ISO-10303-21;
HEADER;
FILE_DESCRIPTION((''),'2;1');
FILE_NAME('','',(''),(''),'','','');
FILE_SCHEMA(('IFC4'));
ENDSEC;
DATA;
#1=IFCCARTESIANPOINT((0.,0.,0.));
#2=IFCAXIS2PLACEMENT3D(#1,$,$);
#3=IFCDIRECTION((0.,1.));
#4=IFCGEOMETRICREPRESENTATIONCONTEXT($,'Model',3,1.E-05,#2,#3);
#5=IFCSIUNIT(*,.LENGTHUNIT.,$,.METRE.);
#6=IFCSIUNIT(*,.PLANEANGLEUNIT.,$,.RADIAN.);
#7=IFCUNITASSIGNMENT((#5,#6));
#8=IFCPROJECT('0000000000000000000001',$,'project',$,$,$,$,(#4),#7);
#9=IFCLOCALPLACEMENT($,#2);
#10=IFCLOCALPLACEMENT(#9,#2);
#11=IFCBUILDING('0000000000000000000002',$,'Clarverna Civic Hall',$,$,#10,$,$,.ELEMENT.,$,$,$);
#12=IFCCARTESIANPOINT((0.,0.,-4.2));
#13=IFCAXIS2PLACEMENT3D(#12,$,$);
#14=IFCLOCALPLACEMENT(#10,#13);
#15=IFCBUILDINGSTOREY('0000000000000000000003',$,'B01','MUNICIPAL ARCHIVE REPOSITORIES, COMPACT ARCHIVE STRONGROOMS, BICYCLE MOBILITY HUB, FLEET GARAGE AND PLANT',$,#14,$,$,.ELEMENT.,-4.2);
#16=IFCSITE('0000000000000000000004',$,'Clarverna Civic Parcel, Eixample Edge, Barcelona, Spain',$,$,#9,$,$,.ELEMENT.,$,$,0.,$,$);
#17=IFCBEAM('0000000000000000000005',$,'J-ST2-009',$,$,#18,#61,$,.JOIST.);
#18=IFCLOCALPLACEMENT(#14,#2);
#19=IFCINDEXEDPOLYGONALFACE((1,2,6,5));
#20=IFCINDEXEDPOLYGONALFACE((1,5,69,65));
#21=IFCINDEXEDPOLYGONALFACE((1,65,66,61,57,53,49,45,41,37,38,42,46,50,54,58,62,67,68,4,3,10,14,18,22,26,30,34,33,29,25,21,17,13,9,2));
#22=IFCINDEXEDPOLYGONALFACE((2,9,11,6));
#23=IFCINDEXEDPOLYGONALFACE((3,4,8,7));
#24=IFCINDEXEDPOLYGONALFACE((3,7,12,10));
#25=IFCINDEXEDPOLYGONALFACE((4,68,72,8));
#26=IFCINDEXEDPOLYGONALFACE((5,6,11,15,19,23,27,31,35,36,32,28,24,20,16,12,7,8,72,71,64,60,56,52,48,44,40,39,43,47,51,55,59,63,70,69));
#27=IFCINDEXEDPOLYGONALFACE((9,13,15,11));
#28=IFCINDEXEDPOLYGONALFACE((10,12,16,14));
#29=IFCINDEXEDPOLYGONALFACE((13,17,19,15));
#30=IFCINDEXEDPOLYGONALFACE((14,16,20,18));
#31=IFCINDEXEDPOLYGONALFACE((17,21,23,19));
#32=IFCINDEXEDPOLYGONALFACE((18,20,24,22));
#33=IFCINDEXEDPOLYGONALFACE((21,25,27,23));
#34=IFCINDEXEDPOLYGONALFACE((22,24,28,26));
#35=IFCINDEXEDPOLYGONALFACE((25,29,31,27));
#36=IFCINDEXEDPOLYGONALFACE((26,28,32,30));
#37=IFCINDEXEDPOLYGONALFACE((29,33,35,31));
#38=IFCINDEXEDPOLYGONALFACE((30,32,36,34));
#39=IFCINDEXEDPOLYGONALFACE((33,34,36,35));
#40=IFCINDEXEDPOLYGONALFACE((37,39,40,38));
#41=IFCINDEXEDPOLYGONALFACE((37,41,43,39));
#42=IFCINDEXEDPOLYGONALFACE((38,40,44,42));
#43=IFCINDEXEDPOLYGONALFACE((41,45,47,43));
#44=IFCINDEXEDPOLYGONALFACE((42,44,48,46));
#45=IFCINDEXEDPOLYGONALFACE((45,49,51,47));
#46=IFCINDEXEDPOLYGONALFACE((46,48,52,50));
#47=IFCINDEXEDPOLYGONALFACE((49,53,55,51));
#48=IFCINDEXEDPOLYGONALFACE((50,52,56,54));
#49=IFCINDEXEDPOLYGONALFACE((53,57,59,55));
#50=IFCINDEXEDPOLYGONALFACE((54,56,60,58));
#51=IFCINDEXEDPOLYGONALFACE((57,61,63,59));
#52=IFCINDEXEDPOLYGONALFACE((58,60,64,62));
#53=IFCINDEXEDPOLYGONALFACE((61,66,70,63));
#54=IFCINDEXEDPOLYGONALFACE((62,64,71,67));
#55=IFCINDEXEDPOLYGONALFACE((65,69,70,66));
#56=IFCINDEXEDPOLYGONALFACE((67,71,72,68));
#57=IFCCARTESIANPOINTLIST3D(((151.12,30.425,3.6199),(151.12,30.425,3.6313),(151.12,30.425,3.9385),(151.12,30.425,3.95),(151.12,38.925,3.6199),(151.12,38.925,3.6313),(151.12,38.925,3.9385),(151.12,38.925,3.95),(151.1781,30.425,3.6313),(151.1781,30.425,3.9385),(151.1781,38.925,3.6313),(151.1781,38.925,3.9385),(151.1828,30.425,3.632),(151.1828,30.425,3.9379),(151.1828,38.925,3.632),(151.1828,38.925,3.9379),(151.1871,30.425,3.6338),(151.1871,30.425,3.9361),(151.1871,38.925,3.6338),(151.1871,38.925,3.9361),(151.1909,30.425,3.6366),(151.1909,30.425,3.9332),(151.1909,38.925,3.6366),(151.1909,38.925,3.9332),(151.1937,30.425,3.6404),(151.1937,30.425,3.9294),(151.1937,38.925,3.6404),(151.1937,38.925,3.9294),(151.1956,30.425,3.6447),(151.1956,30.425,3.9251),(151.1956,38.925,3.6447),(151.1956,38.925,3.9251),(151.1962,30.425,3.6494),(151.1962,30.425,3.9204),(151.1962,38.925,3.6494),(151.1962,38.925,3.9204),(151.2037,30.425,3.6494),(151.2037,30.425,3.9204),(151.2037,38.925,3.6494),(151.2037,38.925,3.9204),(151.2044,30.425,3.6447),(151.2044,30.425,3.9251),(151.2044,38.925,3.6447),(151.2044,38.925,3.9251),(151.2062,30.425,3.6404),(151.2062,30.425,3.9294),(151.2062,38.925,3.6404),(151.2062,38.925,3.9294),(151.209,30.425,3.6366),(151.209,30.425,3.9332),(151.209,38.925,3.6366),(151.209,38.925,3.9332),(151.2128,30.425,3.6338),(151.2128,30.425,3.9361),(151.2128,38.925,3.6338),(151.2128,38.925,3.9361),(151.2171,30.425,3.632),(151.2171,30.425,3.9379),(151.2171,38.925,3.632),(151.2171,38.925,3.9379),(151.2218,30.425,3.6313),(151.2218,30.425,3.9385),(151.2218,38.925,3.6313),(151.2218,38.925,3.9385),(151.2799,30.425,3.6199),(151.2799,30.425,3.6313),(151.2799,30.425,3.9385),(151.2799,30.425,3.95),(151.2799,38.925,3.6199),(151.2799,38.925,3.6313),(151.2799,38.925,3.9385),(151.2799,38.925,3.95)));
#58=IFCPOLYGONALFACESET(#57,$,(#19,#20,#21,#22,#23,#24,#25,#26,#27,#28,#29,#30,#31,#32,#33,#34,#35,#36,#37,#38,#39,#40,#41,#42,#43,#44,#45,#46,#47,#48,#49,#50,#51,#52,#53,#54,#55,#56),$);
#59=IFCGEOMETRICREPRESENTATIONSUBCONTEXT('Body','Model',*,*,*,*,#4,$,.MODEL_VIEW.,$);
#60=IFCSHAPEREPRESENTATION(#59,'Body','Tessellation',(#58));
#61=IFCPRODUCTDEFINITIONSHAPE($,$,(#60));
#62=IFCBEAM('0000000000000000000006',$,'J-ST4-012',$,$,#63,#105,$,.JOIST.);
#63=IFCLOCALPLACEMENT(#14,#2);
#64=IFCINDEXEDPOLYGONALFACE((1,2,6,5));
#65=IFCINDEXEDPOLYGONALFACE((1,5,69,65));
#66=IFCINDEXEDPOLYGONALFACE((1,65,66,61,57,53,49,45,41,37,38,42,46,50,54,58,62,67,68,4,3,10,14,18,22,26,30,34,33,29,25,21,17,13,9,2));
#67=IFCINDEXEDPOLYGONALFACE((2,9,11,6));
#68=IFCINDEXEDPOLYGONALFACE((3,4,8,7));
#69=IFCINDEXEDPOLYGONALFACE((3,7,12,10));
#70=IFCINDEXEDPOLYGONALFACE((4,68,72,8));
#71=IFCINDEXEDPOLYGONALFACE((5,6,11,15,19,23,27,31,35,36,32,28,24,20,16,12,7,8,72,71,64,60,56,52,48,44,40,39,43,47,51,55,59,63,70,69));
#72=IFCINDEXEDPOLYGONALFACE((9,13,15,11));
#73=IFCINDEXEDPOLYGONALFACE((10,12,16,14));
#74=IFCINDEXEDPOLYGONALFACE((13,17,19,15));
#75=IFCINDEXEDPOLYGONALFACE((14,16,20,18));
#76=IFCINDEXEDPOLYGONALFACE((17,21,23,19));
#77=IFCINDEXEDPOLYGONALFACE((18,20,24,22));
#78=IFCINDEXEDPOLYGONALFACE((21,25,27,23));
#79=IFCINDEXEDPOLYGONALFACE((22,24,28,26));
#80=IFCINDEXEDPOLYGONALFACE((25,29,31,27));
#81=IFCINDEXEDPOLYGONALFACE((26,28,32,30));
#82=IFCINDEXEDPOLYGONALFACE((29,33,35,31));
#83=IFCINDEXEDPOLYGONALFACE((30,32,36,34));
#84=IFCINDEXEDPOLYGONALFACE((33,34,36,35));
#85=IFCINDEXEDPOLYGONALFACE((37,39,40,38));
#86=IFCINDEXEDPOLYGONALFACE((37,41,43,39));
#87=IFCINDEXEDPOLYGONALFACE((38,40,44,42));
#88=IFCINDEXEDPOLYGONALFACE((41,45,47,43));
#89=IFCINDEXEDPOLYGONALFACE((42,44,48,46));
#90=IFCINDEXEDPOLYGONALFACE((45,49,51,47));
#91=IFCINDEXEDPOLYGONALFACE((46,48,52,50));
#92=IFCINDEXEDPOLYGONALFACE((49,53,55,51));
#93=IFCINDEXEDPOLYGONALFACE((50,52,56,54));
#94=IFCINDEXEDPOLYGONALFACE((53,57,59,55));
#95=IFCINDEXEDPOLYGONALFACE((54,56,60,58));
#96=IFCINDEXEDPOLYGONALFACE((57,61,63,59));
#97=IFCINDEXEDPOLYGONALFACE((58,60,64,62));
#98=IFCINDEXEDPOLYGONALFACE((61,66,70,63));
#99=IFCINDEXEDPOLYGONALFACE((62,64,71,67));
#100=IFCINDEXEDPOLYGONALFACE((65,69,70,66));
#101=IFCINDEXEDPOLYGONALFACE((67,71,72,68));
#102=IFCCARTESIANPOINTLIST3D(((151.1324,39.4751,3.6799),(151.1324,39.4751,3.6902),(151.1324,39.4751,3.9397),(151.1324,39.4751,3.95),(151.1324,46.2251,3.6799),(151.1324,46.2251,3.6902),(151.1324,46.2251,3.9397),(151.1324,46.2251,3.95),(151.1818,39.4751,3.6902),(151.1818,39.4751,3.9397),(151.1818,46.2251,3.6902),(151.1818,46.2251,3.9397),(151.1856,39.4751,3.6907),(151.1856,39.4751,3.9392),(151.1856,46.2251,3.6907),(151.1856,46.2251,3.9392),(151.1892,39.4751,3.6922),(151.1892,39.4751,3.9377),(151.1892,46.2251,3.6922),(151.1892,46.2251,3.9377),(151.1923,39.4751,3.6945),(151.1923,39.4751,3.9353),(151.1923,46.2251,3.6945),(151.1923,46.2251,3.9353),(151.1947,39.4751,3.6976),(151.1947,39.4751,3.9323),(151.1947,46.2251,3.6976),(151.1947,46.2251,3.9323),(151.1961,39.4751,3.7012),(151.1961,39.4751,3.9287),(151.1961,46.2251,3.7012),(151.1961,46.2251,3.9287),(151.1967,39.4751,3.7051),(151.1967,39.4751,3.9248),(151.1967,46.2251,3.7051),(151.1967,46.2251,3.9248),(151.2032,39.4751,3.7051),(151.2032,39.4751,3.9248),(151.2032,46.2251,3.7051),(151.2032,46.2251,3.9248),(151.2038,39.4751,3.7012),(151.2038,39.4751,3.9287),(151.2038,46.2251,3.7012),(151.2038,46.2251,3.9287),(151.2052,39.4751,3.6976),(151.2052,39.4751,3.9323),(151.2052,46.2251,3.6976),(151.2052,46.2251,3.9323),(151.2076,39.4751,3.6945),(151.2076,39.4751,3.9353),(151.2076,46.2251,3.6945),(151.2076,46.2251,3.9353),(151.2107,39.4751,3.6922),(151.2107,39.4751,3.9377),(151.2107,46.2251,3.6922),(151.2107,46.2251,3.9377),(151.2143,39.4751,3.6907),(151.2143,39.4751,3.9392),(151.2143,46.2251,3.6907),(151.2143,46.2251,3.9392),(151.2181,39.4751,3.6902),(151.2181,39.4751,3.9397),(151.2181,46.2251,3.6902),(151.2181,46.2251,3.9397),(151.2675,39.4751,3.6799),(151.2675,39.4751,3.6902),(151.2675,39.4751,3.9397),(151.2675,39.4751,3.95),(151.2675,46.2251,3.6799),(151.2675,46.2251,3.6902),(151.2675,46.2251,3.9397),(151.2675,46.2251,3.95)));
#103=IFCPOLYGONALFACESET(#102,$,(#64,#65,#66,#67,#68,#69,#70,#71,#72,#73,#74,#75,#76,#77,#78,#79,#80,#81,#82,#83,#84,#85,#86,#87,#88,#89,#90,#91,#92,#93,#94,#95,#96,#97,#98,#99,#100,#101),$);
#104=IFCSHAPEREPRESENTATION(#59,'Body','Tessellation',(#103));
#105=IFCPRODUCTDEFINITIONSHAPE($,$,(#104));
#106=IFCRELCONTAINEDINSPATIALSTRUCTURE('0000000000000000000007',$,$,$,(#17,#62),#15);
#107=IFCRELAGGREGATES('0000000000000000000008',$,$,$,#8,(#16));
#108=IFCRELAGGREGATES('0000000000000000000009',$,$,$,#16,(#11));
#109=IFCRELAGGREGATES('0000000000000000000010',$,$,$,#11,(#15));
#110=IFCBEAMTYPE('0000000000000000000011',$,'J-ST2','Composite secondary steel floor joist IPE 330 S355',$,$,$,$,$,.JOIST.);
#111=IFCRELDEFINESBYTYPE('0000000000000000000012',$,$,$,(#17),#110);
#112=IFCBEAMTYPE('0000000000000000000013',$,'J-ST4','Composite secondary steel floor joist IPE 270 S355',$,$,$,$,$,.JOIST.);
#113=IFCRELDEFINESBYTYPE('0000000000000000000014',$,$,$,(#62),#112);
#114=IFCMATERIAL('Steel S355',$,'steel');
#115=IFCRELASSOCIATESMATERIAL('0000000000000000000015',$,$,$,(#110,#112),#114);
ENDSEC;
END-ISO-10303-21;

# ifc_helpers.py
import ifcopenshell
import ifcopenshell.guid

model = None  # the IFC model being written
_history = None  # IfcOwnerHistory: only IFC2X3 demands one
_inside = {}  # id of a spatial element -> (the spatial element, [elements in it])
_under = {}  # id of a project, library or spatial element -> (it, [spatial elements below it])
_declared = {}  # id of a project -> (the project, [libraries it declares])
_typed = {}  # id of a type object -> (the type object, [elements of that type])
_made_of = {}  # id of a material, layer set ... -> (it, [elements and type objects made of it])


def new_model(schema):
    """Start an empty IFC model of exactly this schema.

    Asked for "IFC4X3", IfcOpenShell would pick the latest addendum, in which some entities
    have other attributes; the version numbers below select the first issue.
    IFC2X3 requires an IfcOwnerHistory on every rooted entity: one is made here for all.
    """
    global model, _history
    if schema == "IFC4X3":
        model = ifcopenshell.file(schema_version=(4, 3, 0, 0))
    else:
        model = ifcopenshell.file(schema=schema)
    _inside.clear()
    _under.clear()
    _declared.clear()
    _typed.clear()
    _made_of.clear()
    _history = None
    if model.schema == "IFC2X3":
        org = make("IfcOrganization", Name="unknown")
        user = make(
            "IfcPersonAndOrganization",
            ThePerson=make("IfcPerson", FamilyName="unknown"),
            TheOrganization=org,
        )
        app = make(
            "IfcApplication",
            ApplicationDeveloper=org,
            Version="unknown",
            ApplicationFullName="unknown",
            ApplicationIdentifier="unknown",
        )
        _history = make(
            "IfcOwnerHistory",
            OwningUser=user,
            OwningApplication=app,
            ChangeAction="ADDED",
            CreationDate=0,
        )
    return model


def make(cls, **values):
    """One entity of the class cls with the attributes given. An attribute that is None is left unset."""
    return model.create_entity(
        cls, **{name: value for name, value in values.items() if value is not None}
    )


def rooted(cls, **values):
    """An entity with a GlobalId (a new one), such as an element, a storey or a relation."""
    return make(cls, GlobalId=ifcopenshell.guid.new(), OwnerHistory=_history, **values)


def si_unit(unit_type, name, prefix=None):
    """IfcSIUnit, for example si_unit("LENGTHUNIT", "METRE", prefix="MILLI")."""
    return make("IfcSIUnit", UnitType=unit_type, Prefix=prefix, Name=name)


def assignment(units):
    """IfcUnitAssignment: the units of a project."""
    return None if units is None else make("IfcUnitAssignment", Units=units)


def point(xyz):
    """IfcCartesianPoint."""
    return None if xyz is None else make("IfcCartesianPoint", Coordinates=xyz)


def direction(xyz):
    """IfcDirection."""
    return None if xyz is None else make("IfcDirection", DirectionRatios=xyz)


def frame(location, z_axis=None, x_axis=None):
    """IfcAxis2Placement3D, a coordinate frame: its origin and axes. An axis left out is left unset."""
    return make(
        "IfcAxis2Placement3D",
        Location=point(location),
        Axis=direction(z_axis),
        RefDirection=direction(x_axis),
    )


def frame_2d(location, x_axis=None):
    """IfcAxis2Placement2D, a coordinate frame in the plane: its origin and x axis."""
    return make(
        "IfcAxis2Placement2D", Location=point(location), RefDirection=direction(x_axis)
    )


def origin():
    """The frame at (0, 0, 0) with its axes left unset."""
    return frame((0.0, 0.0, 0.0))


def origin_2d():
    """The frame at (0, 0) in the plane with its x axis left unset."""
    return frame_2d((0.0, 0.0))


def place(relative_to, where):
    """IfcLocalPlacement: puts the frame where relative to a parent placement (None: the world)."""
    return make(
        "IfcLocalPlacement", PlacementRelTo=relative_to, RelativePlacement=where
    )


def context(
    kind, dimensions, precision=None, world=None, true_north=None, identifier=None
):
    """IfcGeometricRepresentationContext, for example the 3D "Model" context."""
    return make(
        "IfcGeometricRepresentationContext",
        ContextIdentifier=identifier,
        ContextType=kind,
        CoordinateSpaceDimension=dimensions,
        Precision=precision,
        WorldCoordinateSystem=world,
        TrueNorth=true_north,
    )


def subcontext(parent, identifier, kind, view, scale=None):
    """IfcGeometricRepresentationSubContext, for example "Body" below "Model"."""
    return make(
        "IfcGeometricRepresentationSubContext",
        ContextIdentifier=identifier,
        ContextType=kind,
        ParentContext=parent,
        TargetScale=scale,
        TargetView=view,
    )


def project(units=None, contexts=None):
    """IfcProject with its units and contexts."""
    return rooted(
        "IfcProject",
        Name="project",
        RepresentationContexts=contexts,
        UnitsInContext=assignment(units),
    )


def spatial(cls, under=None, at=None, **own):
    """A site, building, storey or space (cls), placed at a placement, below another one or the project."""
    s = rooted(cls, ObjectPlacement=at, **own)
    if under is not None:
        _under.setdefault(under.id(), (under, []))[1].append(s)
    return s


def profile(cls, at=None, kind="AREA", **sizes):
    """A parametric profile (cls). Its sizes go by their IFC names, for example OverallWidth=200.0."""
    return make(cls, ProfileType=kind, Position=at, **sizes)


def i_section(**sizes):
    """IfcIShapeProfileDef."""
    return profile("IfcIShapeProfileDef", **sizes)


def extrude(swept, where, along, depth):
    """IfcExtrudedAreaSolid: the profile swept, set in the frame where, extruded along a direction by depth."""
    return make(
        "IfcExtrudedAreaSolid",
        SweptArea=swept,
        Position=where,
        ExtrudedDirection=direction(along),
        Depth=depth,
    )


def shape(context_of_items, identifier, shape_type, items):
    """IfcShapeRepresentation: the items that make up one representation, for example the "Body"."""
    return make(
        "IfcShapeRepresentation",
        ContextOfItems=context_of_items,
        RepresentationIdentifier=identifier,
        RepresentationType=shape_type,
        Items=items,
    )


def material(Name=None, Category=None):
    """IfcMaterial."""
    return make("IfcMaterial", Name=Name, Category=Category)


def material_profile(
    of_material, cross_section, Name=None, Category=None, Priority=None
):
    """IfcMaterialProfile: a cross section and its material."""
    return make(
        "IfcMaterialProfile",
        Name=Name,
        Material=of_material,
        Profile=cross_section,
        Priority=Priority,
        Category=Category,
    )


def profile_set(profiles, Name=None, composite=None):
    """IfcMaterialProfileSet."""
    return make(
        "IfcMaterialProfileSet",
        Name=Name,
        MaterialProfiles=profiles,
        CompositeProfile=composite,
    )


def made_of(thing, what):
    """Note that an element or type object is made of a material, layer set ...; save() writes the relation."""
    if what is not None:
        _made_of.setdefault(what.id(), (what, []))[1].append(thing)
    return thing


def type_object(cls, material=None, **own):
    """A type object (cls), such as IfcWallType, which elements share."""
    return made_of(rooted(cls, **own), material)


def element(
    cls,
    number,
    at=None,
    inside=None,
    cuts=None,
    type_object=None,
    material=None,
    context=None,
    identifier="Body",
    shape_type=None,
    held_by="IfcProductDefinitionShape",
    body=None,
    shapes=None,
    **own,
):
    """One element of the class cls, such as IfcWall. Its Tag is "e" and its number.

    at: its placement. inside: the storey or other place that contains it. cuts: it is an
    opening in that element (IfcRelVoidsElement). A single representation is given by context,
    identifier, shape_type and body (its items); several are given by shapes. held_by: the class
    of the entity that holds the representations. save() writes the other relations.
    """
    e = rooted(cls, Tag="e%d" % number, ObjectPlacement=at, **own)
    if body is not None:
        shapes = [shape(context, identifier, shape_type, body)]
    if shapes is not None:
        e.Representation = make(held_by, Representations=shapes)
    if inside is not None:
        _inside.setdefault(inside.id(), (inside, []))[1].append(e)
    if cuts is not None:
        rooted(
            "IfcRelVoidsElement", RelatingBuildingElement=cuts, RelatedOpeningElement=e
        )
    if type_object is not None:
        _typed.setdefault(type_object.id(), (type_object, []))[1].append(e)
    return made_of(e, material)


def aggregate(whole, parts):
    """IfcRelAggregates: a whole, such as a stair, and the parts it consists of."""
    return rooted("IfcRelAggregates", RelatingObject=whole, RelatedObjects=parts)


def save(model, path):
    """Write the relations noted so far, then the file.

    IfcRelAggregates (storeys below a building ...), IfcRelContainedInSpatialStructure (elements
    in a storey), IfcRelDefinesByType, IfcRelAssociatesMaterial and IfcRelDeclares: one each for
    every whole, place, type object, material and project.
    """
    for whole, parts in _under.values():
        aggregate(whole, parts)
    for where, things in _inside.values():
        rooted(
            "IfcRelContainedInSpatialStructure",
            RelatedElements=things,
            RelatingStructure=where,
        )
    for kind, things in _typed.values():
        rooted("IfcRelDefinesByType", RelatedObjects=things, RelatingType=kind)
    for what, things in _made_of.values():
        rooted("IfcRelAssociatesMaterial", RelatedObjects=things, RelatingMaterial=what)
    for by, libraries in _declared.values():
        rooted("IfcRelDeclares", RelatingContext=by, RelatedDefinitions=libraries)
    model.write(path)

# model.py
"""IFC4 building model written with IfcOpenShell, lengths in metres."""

from ifc_helpers import new_model, si_unit, direction, frame, origin, origin_2d, place, context, subcontext, project, spatial, i_section, extrude, material, material_profile, profile_set, type_object, element, save


model = new_model("IFC4")

# Units and contexts
model_context = context("Model", 3, precision=1e-05, world=origin(), true_north=direction((0.0, 1.0)))
body_context = subcontext(model_context, "Body", "Model", "MODEL_VIEW")
ifc_project = project(units=[si_unit("LENGTHUNIT", "METRE"), si_unit("PLANEANGLEUNIT", "RADIAN")], contexts=[model_context])

# Site, building, storey
site_placement = place(None, origin())
site = spatial("IfcSite", under=ifc_project, at=site_placement, Name="Clarverna Civic Parcel, Eixample Edge, Barcelona, Spain", CompositionType="ELEMENT", RefElevation=0.0)
building_placement = place(site_placement, origin())
building = spatial("IfcBuilding", under=site, at=building_placement, Name="Clarverna Civic Hall", CompositionType="ELEMENT")
storey_placement = place(building_placement, frame((0.0, 0.0, -4.2)))
storey = spatial("IfcBuildingStorey", under=building, at=storey_placement, Name="B01", Description="MUNICIPAL ARCHIVE REPOSITORIES, COMPACT ARCHIVE STRONGROOMS, BICYCLE MOBILITY HUB, FLEET GARAGE AND PLANT", CompositionType="ELEMENT", Elevation=-4.2)

# Beams
ifc_material_1 = material(Name="Steel S355", Category="steel")
ifc_material_profile_1 = material_profile(ifc_material_1, i_section(OverallWidth=0.1599, OverallDepth=0.3301, WebThickness=0.0076, FlangeThickness=0.0115, FilletRadius=0.0181, at=origin_2d()), Name="IPE 330")
ifc_profile_set_1 = profile_set([ifc_material_profile_1], Name="Steel S355")
beam_type_1 = type_object("IfcBeamType", Name="J-ST2", Description="Composite secondary steel floor joist IPE 330 S355", PredefinedType="JOIST", material=ifc_profile_set_1)
beam_1_placement = place(storey_placement, frame((151.2, 30.425, 3.7849), z_axis=(0.0, 1.0, 0.0), x_axis=(-1.0, 0.0, 0.0)))
element("IfcBeam", 1, at=beam_1_placement, inside=storey, type_object=beam_type_1, Name="J-ST2-009", PredefinedType="JOIST", context=body_context, shape_type="SweptSolid", body=[
    extrude(i_section(OverallWidth=0.1599, OverallDepth=0.3301, WebThickness=0.0076, FlangeThickness=0.0115, FilletRadius=0.0181, at=origin_2d()), origin(), (0.0, 0.0, 1.0), 8.5),
])
ifc_material_profile_2 = material_profile(ifc_material_1, i_section(OverallWidth=0.135, OverallDepth=0.27, WebThickness=0.0066, FlangeThickness=0.0103, FilletRadius=0.0149, at=origin_2d()), Name="IPE 270")
ifc_profile_set_2 = profile_set([ifc_material_profile_2], Name="Steel S355")
beam_type_2 = type_object("IfcBeamType", Name="J-ST4", Description="Composite secondary steel floor joist IPE 270 S355", PredefinedType="JOIST", material=ifc_profile_set_2)
beam_2_placement = place(storey_placement, frame((151.2, 39.4751, 3.8149), z_axis=(0.0, 1.0, 0.0), x_axis=(-1.0, 0.0, 0.0)))
element("IfcBeam", 2, at=beam_2_placement, inside=storey, type_object=beam_type_2, Name="J-ST4-012", PredefinedType="JOIST", context=body_context, shape_type="SweptSolid", body=[
    extrude(i_section(OverallWidth=0.135, OverallDepth=0.27, WebThickness=0.0066, FlangeThickness=0.0103, FilletRadius=0.0149, at=origin_2d()), origin(), (0.0, 0.0, 1.0), 6.75),
])

save(model, "model.ifc")
